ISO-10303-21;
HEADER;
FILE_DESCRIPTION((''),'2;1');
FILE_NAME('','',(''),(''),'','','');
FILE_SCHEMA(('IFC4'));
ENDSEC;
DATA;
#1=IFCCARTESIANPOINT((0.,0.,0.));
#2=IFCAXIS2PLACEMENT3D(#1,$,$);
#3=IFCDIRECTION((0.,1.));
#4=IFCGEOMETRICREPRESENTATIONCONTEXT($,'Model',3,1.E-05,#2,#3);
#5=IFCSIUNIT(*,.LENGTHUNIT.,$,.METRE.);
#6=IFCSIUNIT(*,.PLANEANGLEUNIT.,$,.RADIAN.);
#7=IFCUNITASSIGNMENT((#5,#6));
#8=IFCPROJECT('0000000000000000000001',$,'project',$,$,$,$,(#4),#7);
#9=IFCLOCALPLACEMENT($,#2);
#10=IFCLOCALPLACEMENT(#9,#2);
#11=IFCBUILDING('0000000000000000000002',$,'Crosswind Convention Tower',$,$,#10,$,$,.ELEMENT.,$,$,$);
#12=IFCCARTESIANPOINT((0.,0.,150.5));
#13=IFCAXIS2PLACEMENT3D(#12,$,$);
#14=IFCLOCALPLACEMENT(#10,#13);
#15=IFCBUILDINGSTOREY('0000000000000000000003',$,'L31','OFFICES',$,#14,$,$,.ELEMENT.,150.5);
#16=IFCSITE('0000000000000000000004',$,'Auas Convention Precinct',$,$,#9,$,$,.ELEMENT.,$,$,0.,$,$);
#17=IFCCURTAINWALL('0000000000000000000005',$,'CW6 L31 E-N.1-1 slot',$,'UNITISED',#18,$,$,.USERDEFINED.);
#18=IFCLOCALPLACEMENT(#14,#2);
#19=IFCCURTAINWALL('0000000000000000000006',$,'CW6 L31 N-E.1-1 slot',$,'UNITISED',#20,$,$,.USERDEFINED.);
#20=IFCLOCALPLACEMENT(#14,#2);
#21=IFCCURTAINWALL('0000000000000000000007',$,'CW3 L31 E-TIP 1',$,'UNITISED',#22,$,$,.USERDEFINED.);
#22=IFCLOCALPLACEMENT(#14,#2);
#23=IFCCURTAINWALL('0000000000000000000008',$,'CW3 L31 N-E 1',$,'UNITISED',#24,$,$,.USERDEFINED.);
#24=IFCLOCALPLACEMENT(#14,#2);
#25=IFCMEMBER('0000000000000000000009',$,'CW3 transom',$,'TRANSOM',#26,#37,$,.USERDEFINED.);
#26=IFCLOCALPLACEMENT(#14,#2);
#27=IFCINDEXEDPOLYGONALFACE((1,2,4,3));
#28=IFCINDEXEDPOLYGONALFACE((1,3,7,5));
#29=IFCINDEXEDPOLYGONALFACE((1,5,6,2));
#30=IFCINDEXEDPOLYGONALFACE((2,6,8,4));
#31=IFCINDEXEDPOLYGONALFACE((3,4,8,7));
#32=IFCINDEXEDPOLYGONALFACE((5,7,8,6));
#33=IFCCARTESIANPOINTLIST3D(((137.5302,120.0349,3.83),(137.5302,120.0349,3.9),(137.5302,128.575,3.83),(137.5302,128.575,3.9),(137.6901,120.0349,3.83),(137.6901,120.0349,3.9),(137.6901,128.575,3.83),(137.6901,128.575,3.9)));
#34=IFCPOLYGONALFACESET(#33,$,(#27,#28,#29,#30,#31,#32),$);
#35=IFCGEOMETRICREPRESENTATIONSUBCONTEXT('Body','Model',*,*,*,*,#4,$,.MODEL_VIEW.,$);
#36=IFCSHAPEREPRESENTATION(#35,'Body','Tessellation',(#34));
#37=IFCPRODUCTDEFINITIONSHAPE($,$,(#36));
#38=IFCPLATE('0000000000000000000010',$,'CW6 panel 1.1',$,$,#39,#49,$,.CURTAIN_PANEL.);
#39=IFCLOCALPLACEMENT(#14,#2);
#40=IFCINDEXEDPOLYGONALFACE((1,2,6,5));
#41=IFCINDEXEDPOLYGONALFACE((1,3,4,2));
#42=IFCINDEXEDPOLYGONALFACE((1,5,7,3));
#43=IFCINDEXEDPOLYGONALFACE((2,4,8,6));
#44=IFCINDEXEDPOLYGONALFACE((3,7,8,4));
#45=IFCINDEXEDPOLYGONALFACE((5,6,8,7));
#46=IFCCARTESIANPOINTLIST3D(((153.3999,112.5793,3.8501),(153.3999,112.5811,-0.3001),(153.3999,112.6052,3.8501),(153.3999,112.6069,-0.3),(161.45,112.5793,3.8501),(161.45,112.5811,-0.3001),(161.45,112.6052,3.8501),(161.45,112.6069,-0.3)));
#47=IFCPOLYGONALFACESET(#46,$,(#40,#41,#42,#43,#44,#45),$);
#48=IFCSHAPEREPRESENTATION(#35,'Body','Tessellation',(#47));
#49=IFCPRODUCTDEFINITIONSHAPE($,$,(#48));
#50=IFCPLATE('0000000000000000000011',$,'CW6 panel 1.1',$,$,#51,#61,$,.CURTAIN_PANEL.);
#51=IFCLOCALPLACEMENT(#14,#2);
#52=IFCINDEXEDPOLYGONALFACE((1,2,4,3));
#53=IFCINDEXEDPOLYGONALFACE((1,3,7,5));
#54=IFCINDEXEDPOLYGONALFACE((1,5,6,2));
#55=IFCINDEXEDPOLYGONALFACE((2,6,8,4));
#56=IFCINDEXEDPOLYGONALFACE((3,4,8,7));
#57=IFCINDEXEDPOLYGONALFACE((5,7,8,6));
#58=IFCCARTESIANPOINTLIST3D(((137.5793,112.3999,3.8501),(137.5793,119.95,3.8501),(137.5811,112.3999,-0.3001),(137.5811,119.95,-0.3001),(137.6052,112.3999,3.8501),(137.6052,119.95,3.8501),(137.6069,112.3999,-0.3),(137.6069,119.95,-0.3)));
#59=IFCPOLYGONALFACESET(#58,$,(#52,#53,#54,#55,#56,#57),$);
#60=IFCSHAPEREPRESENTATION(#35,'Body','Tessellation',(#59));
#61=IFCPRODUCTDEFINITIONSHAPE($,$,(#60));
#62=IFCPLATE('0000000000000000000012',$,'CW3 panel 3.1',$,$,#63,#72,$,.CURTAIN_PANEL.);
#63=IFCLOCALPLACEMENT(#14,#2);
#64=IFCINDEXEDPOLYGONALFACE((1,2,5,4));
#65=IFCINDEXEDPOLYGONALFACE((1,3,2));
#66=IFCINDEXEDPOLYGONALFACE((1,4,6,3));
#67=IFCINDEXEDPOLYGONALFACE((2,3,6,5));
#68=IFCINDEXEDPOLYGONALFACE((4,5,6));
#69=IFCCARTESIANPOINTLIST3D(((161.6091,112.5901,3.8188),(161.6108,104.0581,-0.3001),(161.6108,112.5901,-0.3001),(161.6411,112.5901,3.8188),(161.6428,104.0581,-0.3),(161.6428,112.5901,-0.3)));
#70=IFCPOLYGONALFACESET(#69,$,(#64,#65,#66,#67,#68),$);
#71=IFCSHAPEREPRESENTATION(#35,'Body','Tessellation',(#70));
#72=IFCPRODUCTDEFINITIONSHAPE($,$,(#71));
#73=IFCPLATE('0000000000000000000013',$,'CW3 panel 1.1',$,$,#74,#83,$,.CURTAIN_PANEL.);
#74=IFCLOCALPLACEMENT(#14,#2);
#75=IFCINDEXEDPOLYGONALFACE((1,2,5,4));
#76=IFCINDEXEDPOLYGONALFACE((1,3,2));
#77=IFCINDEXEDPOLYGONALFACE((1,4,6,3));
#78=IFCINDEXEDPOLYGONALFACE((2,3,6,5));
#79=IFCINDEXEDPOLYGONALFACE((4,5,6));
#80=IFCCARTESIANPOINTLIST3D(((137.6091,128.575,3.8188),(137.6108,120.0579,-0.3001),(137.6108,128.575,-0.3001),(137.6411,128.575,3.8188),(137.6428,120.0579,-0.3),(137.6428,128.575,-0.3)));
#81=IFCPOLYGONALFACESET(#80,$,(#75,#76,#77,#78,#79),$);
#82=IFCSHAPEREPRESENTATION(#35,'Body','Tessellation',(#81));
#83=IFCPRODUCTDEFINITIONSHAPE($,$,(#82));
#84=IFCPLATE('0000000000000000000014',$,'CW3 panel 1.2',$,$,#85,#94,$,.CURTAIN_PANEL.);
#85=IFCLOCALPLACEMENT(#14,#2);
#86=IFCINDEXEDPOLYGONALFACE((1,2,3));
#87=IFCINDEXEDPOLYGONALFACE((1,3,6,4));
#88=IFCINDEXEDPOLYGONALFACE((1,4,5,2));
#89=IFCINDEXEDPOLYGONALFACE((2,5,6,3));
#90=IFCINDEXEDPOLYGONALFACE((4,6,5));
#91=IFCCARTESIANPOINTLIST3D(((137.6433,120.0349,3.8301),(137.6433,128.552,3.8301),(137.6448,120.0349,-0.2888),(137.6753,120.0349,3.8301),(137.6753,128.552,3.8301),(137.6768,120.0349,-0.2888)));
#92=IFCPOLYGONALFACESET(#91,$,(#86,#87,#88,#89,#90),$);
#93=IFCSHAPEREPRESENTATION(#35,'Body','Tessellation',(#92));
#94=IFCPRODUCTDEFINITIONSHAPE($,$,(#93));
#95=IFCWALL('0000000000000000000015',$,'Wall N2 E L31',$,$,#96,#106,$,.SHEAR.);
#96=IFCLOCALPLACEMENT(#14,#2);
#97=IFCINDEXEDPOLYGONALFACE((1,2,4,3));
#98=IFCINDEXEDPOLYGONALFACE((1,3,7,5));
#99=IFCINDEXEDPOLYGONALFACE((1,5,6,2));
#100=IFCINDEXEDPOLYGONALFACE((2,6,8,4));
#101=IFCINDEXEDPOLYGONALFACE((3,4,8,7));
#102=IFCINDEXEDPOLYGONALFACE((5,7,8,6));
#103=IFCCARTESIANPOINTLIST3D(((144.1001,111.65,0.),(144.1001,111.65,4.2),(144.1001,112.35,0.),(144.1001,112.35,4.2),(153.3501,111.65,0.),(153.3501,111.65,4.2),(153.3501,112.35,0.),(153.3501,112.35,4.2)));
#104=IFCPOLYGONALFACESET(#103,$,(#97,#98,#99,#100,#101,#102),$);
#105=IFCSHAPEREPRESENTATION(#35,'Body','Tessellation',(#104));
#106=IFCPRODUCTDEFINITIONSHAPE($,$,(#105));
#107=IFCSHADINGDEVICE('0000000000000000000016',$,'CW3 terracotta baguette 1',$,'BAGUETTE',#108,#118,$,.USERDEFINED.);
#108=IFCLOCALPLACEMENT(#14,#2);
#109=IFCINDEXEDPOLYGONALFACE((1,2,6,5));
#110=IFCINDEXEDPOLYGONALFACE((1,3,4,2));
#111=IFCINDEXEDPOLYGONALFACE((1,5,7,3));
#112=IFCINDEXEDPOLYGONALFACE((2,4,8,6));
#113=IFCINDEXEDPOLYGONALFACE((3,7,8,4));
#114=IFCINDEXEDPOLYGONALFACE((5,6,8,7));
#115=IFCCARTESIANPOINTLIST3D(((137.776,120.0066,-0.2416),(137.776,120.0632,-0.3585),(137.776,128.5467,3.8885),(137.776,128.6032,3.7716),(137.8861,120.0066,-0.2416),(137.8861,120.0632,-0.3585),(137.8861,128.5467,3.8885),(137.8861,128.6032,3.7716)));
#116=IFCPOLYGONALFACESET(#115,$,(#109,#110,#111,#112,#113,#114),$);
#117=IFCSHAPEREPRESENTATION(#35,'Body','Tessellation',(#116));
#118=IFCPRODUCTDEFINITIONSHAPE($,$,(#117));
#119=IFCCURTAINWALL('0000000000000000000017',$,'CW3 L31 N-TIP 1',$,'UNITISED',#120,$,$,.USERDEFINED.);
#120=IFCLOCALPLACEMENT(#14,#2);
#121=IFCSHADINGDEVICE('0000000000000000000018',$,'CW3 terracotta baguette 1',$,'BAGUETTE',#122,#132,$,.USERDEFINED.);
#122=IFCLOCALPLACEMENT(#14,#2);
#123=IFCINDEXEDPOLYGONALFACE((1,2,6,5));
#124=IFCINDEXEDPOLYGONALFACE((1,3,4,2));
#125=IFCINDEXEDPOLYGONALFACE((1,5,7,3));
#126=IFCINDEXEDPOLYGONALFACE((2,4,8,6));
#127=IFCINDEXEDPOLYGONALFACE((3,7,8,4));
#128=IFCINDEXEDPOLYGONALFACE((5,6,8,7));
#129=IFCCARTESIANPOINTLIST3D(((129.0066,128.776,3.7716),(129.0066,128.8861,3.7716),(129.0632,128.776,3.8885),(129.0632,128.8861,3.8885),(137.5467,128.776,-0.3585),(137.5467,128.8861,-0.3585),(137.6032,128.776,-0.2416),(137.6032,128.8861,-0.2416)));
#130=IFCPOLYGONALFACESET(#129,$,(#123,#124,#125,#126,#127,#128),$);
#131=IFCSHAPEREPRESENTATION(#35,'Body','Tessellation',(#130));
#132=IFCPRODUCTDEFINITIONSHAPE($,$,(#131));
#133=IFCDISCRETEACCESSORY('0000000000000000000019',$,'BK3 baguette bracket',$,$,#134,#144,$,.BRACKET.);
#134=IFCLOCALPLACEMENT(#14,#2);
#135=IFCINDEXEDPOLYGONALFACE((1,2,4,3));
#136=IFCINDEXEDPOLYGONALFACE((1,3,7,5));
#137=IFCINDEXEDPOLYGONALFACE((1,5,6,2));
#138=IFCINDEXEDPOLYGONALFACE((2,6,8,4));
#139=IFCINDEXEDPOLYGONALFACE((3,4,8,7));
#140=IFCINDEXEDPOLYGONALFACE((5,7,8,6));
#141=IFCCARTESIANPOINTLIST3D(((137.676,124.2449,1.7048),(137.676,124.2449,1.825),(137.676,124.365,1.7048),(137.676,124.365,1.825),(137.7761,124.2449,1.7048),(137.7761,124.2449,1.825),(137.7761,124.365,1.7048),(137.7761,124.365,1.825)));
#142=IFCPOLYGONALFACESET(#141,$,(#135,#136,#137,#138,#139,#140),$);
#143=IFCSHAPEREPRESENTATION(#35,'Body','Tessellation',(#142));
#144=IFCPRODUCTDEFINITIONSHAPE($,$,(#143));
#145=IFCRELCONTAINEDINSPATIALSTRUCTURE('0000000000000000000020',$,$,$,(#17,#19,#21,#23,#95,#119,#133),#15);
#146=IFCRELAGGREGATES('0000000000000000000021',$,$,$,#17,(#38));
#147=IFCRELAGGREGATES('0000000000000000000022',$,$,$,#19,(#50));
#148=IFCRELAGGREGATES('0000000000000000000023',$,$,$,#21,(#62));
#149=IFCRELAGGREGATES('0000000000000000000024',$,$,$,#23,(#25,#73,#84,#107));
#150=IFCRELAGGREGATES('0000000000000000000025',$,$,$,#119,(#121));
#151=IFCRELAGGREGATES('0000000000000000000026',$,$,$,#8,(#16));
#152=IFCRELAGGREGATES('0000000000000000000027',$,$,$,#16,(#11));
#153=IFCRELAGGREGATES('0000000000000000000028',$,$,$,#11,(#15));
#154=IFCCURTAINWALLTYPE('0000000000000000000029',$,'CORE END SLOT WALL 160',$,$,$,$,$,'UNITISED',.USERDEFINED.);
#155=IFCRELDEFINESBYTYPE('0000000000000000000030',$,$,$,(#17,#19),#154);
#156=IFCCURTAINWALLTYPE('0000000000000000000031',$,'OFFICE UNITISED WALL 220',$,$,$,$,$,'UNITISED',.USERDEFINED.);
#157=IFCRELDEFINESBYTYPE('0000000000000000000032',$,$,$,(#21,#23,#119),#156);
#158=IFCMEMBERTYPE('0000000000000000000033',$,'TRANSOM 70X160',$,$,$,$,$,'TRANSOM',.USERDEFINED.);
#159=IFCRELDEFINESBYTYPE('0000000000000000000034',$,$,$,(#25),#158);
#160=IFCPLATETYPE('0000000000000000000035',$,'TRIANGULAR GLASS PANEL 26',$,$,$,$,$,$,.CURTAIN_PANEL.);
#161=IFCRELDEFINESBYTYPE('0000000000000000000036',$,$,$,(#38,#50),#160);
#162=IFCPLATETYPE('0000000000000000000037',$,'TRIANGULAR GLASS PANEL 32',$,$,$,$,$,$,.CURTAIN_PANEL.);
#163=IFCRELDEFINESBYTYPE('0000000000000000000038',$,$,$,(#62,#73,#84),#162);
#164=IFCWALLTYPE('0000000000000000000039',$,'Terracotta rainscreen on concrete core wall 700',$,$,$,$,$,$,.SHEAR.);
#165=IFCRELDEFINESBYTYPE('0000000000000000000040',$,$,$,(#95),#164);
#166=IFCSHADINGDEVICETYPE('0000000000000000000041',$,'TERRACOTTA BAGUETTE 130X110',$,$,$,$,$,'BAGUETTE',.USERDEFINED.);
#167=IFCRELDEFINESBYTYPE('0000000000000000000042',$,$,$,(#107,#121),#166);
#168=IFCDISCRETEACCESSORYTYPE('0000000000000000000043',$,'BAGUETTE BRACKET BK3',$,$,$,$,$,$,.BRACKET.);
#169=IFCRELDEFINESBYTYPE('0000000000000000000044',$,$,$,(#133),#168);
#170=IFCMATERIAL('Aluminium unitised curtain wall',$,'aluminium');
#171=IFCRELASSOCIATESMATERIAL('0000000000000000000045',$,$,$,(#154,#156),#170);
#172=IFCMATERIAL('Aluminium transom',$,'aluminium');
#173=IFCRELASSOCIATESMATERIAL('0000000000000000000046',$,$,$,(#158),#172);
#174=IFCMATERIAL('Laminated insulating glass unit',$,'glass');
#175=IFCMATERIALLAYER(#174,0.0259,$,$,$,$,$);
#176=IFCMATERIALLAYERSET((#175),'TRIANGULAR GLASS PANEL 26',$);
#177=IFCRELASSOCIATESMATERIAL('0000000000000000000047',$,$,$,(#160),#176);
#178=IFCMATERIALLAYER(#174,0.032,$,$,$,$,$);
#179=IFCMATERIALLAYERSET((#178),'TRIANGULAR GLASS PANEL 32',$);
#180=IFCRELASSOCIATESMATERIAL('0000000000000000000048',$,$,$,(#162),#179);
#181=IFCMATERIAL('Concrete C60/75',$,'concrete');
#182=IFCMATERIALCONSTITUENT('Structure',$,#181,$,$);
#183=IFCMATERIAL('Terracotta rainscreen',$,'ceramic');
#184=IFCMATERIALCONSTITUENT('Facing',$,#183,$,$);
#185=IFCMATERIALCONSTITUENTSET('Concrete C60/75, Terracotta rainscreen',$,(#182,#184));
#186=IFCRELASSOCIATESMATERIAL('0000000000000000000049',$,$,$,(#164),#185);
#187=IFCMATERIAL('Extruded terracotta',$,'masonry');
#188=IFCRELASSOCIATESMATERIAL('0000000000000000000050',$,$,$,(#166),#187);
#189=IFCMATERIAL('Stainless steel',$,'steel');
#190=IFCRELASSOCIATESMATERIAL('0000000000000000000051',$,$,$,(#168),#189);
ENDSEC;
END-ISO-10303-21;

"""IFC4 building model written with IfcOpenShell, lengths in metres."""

from ifc_helpers import new_model, si_unit, direction, frame, frame_2d, origin, origin_2d, place, context, subcontext, project, spatial, polyline, rectangle, outline, extrude, material, layer, layer_set, constituent, constituent_set, material_profile, profile_set, type_object, element, aggregate, save


model = new_model("IFC4")

# Units and contexts
model_context = context("Model", 3, precision=1e-05, world=origin(), true_north=direction((0.0, 1.0)))
body_context = subcontext(model_context, "Body", "Model", "MODEL_VIEW")
ifc_project = project(units=[si_unit("LENGTHUNIT", "METRE"), si_unit("PLANEANGLEUNIT", "RADIAN")], contexts=[model_context])

# Site, building, storey
site_placement = place(None, origin())
site = spatial("IfcSite", under=ifc_project, at=site_placement, Name="Auas Convention Precinct", CompositionType="ELEMENT", RefElevation=0.0)
building_placement = place(site_placement, origin())
building = spatial("IfcBuilding", under=site, at=building_placement, Name="Crosswind Convention Tower", CompositionType="ELEMENT")
storey_placement = place(building_placement, frame((0.0, 0.0, 150.5)))
storey = spatial("IfcBuildingStorey", under=building, at=storey_placement, Name="L31", Description="OFFICES", CompositionType="ELEMENT", Elevation=150.5)

# Shared definitions
ifc_material_1 = material(Name="Concrete C60/75", Category="concrete")

# Curtain walls
ifc_material_2 = material(Name="Aluminium unitised curtain wall", Category="aluminium")
curtain_wall_type_1 = type_object("IfcCurtainWallType", Name="CORE END SLOT WALL 160", ElementType="UNITISED", PredefinedType="USERDEFINED", material=ifc_material_2)
curtain_wall_1_placement = place(storey_placement, origin())
curtain_wall_1 = element("IfcCurtainWall", 1, at=curtain_wall_1_placement, inside=storey, type_object=curtain_wall_type_1, Name="CW6 L31 E-N.1-1 slot", ObjectType="UNITISED", PredefinedType="USERDEFINED")
curtain_wall_2_placement = place(storey_placement, origin())
curtain_wall_2 = element("IfcCurtainWall", 2, at=curtain_wall_2_placement, inside=storey, type_object=curtain_wall_type_1, Name="CW6 L31 N-E.1-1 slot", ObjectType="UNITISED", PredefinedType="USERDEFINED")

# Curtain wall
curtain_wall_type_2 = type_object("IfcCurtainWallType", Name="OFFICE UNITISED WALL 220", ElementType="UNITISED", PredefinedType="USERDEFINED", material=ifc_material_2)
curtain_wall_3_placement = place(storey_placement, origin())
curtain_wall_3 = element("IfcCurtainWall", 3, at=curtain_wall_3_placement, inside=storey, type_object=curtain_wall_type_2, Name="CW3 L31 E-TIP 1", ObjectType="UNITISED", PredefinedType="USERDEFINED")

# Curtain wall
curtain_wall_4_placement = place(storey_placement, origin())
curtain_wall_4 = element("IfcCurtainWall", 4, at=curtain_wall_4_placement, inside=storey, type_object=curtain_wall_type_2, Name="CW3 L31 N-E 1", ObjectType="UNITISED", PredefinedType="USERDEFINED")

# Member
ifc_material_3 = material(Name="Aluminium transom", Category="aluminium")
ifc_material_profile_1 = material_profile(ifc_material_3, rectangle(XDim=0.1599, YDim=0.0701, at=origin_2d()), Name="AL 160X70")
ifc_profile_set_1 = profile_set([ifc_material_profile_1], Name="Aluminium transom")
member_type_1 = type_object("IfcMemberType", Name="TRANSOM 70X160", ElementType="TRANSOM", PredefinedType="USERDEFINED", material=ifc_profile_set_1)
member_1_placement = place(storey_placement, frame((137.6101, 120.0349, 3.865), z_axis=(0.0, 1.0, 0.0), x_axis=(-1.0, 0.0, 0.0)))
member_1 = element("IfcMember", 5, at=member_1_placement, type_object=member_type_1, Name="CW3 transom", ObjectType="TRANSOM", PredefinedType="USERDEFINED", context=body_context, shape_type="SweptSolid", body=[
    extrude(rectangle(XDim=0.1599, YDim=0.0701, at=origin_2d()), origin(), (0.0, 0.0, 1.0), 8.54),
])

# Plates
ifc_material_4 = material(Name="Laminated insulating glass unit", Category="glass")
ifc_layer_1 = layer(ifc_material_4, 0.0259)
ifc_layer_set_1 = layer_set([ifc_layer_1], Name="TRIANGULAR GLASS PANEL 26")
plate_type_1 = type_object("IfcPlateType", Name="TRIANGULAR GLASS PANEL 26", PredefinedType="CURTAIN_PANEL", material=ifc_layer_set_1)
plate_1_placement = place(storey_placement, frame((161.45, 112.6069, -0.3), z_axis=(0.0, 1.0, 0.000412), x_axis=(-1.0, 0.0, 0.0)))
plate_1 = element("IfcPlate", 6, at=plate_1_placement, type_object=plate_type_1, Name="CW6 panel 1.1", PredefinedType="CURTAIN_PANEL", context=body_context, shape_type="SweptSolid", body=[
    extrude(outline(polyline([(0.0, 0.0), (8.05, 0.0), (8.05, 4.1501), (0.0, 4.1501), (0.0, 0.0)])), origin(), (0.0, 0.0, -1.0), 0.0259),
])
aggregate(curtain_wall_1, [plate_1])
plate_2_placement = place(storey_placement, frame((137.6069, 112.3999, -0.3), z_axis=(1.0, 0.0, 0.000412), x_axis=(0.0, 1.0, 0.0)))
plate_2 = element("IfcPlate", 7, at=plate_2_placement, type_object=plate_type_1, Name="CW6 panel 1.1", PredefinedType="CURTAIN_PANEL", context=body_context, shape_type="SweptSolid", body=[
    extrude(outline(polyline([(0.0, 0.0), (7.55, 0.0), (7.55, 4.1501), (0.0, 4.1501), (0.0, 0.0)])), origin(), (0.0, 0.0, -1.0), 0.0259),
])
aggregate(curtain_wall_2, [plate_2])
ifc_layer_2 = layer(ifc_material_4, 0.032)
ifc_layer_set_2 = layer_set([ifc_layer_2], Name="TRIANGULAR GLASS PANEL 32")
plate_type_2 = type_object("IfcPlateType", Name="TRIANGULAR GLASS PANEL 32", PredefinedType="CURTAIN_PANEL", material=ifc_layer_set_2)
plate_3_placement = place(storey_placement, frame((161.6428, 112.5901, -0.3), z_axis=(1.0, 0.0, 0.000415), x_axis=(-0.000415, 0.0, 1.0)))
plate_3 = element("IfcPlate", 8, at=plate_3_placement, type_object=plate_type_2, Name="CW3 panel 3.1", PredefinedType="CURTAIN_PANEL", context=body_context, shape_type="SweptSolid", body=[
    extrude(outline(polyline([(0.0, 0.0), (4.1189, 0.0), (0.0, 8.532), (0.0, 0.0)])), origin(), (0.0, 0.0, -1.0), 0.032),
])
aggregate(curtain_wall_3, [plate_3])
plate_4_placement = place(storey_placement, frame((137.6428, 128.575, -0.3), z_axis=(1.0, 0.0, 0.000415), x_axis=(-0.000415, 0.0, 1.0)))
plate_4 = element("IfcPlate", 9, at=plate_4_placement, type_object=plate_type_2, Name="CW3 panel 1.1", PredefinedType="CURTAIN_PANEL", context=body_context, shape_type="SweptSolid", body=[
    extrude(outline(polyline([(0.0, 0.0), (4.1189, 0.0), (0.0, 8.5171), (0.0, 0.0)])), origin(), (0.0, 0.0, -1.0), 0.032),
])
plate_5_placement = place(storey_placement, frame((137.6753, 120.0349, 3.8301), z_axis=(1.0, 0.0, 0.000356), x_axis=(0.000356, 0.0, -1.0)))
plate_5 = element("IfcPlate", 10, at=plate_5_placement, type_object=plate_type_2, Name="CW3 panel 1.2", PredefinedType="CURTAIN_PANEL", context=body_context, shape_type="SweptSolid", body=[
    extrude(outline(polyline([(0.0, 0.0), (4.1189, 0.0), (0.0, 8.5171), (0.0, 0.0)])), origin(), (0.0, 0.0, -1.0), 0.032),
])

# Wall
ifc_constituent_1 = constituent(ifc_material_1, Name="Structure")
ifc_material_5 = material(Name="Terracotta rainscreen", Category="ceramic")
ifc_constituent_2 = constituent(ifc_material_5, Name="Facing")
ifc_constituent_set = constituent_set(constituents=[ifc_constituent_1, ifc_constituent_2], Name="Concrete C60/75, Terracotta rainscreen")
wall_type = type_object("IfcWallType", Name="Terracotta rainscreen on concrete core wall 700", PredefinedType="SHEAR", material=ifc_constituent_set)
wall_placement = place(storey_placement, frame((144.1001, 112.0, 0.0), z_axis=(0.0, 0.0, 1.0), x_axis=(1.0, 0.0, 0.0)))
element("IfcWall", 11, at=wall_placement, inside=storey, type_object=wall_type, Name="Wall N2 E L31", PredefinedType="SHEAR", context=body_context, shape_type="SweptSolid", body=[
    extrude(rectangle(XDim=9.25, YDim=0.7, at=frame_2d((4.625, 0.0))), origin(), (0.0, 0.0, 1.0), 4.2),
])

# Shading device
ifc_material_6 = material(Name="Extruded terracotta", Category="masonry")
ifc_material_profile_2 = material_profile(ifc_material_6, rectangle(XDim=0.1101, YDim=0.1299, at=origin_2d()), Name="TC 110X130")
ifc_profile_set_2 = profile_set([ifc_material_profile_2], Name="Extruded terracotta")
shading_device_type = type_object("IfcShadingDeviceType", Name="TERRACOTTA BAGUETTE 130X110", ElementType="BAGUETTE", PredefinedType="USERDEFINED", material=ifc_profile_set_2)
shading_device_1_placement = place(storey_placement, frame((137.8311, 120.0349, -0.3), z_axis=(0.0, 0.900248, 0.435377), x_axis=(-1.0, 0.0, 0.0)))
shading_device_1 = element("IfcShadingDevice", 12, at=shading_device_1_placement, type_object=shading_device_type, Name="CW3 terracotta baguette 1", ObjectType="BAGUETTE", PredefinedType="USERDEFINED", context=body_context, shape_type="SweptSolid", body=[
    extrude(rectangle(XDim=0.1101, YDim=0.1299, at=origin_2d()), origin(), (0.0, 0.0, 1.0), 9.4863),
])
aggregate(curtain_wall_4, [member_1, plate_4, plate_5, shading_device_1])

# Curtain wall, shading device
curtain_wall_5_placement = place(storey_placement, origin())
curtain_wall_5 = element("IfcCurtainWall", 13, at=curtain_wall_5_placement, inside=storey, type_object=curtain_wall_type_2, Name="CW3 L31 N-TIP 1", ObjectType="UNITISED", PredefinedType="USERDEFINED")
shading_device_2_placement = place(storey_placement, frame((137.575, 128.8311, -0.3), z_axis=(-0.900248, 0.0, 0.435377), x_axis=(0.0, -1.0, 0.0)))
shading_device_2 = element("IfcShadingDevice", 14, at=shading_device_2_placement, type_object=shading_device_type, Name="CW3 terracotta baguette 1", ObjectType="BAGUETTE", PredefinedType="USERDEFINED", context=body_context, shape_type="SweptSolid", body=[
    extrude(rectangle(XDim=0.1101, YDim=0.1299, at=origin_2d()), origin(), (0.0, 0.0, 1.0), 9.4863),
])
aggregate(curtain_wall_5, [shading_device_2])

# Discrete accessory
ifc_material_7 = material(Name="Stainless steel", Category="steel")
discrete_accessory_type = type_object("IfcDiscreteAccessoryType", Name="BAGUETTE BRACKET BK3", PredefinedType="BRACKET", material=ifc_material_7)
discrete_accessory_placement = place(storey_placement, frame((137.7261, 124.3049, 1.7048), z_axis=(0.0, 0.0, 1.0), x_axis=(0.0, 1.0, 0.0)))
element("IfcDiscreteAccessory", 15, at=discrete_accessory_placement, inside=storey, type_object=discrete_accessory_type, Name="BK3 baguette bracket", PredefinedType="BRACKET", context=body_context, shape_type="SweptSolid", body=[
    extrude(rectangle(XDim=0.1201, YDim=0.1001, at=origin_2d()), origin(), (0.0, 0.0, 1.0), 0.1201),
])

save(model, "model.ifc")
